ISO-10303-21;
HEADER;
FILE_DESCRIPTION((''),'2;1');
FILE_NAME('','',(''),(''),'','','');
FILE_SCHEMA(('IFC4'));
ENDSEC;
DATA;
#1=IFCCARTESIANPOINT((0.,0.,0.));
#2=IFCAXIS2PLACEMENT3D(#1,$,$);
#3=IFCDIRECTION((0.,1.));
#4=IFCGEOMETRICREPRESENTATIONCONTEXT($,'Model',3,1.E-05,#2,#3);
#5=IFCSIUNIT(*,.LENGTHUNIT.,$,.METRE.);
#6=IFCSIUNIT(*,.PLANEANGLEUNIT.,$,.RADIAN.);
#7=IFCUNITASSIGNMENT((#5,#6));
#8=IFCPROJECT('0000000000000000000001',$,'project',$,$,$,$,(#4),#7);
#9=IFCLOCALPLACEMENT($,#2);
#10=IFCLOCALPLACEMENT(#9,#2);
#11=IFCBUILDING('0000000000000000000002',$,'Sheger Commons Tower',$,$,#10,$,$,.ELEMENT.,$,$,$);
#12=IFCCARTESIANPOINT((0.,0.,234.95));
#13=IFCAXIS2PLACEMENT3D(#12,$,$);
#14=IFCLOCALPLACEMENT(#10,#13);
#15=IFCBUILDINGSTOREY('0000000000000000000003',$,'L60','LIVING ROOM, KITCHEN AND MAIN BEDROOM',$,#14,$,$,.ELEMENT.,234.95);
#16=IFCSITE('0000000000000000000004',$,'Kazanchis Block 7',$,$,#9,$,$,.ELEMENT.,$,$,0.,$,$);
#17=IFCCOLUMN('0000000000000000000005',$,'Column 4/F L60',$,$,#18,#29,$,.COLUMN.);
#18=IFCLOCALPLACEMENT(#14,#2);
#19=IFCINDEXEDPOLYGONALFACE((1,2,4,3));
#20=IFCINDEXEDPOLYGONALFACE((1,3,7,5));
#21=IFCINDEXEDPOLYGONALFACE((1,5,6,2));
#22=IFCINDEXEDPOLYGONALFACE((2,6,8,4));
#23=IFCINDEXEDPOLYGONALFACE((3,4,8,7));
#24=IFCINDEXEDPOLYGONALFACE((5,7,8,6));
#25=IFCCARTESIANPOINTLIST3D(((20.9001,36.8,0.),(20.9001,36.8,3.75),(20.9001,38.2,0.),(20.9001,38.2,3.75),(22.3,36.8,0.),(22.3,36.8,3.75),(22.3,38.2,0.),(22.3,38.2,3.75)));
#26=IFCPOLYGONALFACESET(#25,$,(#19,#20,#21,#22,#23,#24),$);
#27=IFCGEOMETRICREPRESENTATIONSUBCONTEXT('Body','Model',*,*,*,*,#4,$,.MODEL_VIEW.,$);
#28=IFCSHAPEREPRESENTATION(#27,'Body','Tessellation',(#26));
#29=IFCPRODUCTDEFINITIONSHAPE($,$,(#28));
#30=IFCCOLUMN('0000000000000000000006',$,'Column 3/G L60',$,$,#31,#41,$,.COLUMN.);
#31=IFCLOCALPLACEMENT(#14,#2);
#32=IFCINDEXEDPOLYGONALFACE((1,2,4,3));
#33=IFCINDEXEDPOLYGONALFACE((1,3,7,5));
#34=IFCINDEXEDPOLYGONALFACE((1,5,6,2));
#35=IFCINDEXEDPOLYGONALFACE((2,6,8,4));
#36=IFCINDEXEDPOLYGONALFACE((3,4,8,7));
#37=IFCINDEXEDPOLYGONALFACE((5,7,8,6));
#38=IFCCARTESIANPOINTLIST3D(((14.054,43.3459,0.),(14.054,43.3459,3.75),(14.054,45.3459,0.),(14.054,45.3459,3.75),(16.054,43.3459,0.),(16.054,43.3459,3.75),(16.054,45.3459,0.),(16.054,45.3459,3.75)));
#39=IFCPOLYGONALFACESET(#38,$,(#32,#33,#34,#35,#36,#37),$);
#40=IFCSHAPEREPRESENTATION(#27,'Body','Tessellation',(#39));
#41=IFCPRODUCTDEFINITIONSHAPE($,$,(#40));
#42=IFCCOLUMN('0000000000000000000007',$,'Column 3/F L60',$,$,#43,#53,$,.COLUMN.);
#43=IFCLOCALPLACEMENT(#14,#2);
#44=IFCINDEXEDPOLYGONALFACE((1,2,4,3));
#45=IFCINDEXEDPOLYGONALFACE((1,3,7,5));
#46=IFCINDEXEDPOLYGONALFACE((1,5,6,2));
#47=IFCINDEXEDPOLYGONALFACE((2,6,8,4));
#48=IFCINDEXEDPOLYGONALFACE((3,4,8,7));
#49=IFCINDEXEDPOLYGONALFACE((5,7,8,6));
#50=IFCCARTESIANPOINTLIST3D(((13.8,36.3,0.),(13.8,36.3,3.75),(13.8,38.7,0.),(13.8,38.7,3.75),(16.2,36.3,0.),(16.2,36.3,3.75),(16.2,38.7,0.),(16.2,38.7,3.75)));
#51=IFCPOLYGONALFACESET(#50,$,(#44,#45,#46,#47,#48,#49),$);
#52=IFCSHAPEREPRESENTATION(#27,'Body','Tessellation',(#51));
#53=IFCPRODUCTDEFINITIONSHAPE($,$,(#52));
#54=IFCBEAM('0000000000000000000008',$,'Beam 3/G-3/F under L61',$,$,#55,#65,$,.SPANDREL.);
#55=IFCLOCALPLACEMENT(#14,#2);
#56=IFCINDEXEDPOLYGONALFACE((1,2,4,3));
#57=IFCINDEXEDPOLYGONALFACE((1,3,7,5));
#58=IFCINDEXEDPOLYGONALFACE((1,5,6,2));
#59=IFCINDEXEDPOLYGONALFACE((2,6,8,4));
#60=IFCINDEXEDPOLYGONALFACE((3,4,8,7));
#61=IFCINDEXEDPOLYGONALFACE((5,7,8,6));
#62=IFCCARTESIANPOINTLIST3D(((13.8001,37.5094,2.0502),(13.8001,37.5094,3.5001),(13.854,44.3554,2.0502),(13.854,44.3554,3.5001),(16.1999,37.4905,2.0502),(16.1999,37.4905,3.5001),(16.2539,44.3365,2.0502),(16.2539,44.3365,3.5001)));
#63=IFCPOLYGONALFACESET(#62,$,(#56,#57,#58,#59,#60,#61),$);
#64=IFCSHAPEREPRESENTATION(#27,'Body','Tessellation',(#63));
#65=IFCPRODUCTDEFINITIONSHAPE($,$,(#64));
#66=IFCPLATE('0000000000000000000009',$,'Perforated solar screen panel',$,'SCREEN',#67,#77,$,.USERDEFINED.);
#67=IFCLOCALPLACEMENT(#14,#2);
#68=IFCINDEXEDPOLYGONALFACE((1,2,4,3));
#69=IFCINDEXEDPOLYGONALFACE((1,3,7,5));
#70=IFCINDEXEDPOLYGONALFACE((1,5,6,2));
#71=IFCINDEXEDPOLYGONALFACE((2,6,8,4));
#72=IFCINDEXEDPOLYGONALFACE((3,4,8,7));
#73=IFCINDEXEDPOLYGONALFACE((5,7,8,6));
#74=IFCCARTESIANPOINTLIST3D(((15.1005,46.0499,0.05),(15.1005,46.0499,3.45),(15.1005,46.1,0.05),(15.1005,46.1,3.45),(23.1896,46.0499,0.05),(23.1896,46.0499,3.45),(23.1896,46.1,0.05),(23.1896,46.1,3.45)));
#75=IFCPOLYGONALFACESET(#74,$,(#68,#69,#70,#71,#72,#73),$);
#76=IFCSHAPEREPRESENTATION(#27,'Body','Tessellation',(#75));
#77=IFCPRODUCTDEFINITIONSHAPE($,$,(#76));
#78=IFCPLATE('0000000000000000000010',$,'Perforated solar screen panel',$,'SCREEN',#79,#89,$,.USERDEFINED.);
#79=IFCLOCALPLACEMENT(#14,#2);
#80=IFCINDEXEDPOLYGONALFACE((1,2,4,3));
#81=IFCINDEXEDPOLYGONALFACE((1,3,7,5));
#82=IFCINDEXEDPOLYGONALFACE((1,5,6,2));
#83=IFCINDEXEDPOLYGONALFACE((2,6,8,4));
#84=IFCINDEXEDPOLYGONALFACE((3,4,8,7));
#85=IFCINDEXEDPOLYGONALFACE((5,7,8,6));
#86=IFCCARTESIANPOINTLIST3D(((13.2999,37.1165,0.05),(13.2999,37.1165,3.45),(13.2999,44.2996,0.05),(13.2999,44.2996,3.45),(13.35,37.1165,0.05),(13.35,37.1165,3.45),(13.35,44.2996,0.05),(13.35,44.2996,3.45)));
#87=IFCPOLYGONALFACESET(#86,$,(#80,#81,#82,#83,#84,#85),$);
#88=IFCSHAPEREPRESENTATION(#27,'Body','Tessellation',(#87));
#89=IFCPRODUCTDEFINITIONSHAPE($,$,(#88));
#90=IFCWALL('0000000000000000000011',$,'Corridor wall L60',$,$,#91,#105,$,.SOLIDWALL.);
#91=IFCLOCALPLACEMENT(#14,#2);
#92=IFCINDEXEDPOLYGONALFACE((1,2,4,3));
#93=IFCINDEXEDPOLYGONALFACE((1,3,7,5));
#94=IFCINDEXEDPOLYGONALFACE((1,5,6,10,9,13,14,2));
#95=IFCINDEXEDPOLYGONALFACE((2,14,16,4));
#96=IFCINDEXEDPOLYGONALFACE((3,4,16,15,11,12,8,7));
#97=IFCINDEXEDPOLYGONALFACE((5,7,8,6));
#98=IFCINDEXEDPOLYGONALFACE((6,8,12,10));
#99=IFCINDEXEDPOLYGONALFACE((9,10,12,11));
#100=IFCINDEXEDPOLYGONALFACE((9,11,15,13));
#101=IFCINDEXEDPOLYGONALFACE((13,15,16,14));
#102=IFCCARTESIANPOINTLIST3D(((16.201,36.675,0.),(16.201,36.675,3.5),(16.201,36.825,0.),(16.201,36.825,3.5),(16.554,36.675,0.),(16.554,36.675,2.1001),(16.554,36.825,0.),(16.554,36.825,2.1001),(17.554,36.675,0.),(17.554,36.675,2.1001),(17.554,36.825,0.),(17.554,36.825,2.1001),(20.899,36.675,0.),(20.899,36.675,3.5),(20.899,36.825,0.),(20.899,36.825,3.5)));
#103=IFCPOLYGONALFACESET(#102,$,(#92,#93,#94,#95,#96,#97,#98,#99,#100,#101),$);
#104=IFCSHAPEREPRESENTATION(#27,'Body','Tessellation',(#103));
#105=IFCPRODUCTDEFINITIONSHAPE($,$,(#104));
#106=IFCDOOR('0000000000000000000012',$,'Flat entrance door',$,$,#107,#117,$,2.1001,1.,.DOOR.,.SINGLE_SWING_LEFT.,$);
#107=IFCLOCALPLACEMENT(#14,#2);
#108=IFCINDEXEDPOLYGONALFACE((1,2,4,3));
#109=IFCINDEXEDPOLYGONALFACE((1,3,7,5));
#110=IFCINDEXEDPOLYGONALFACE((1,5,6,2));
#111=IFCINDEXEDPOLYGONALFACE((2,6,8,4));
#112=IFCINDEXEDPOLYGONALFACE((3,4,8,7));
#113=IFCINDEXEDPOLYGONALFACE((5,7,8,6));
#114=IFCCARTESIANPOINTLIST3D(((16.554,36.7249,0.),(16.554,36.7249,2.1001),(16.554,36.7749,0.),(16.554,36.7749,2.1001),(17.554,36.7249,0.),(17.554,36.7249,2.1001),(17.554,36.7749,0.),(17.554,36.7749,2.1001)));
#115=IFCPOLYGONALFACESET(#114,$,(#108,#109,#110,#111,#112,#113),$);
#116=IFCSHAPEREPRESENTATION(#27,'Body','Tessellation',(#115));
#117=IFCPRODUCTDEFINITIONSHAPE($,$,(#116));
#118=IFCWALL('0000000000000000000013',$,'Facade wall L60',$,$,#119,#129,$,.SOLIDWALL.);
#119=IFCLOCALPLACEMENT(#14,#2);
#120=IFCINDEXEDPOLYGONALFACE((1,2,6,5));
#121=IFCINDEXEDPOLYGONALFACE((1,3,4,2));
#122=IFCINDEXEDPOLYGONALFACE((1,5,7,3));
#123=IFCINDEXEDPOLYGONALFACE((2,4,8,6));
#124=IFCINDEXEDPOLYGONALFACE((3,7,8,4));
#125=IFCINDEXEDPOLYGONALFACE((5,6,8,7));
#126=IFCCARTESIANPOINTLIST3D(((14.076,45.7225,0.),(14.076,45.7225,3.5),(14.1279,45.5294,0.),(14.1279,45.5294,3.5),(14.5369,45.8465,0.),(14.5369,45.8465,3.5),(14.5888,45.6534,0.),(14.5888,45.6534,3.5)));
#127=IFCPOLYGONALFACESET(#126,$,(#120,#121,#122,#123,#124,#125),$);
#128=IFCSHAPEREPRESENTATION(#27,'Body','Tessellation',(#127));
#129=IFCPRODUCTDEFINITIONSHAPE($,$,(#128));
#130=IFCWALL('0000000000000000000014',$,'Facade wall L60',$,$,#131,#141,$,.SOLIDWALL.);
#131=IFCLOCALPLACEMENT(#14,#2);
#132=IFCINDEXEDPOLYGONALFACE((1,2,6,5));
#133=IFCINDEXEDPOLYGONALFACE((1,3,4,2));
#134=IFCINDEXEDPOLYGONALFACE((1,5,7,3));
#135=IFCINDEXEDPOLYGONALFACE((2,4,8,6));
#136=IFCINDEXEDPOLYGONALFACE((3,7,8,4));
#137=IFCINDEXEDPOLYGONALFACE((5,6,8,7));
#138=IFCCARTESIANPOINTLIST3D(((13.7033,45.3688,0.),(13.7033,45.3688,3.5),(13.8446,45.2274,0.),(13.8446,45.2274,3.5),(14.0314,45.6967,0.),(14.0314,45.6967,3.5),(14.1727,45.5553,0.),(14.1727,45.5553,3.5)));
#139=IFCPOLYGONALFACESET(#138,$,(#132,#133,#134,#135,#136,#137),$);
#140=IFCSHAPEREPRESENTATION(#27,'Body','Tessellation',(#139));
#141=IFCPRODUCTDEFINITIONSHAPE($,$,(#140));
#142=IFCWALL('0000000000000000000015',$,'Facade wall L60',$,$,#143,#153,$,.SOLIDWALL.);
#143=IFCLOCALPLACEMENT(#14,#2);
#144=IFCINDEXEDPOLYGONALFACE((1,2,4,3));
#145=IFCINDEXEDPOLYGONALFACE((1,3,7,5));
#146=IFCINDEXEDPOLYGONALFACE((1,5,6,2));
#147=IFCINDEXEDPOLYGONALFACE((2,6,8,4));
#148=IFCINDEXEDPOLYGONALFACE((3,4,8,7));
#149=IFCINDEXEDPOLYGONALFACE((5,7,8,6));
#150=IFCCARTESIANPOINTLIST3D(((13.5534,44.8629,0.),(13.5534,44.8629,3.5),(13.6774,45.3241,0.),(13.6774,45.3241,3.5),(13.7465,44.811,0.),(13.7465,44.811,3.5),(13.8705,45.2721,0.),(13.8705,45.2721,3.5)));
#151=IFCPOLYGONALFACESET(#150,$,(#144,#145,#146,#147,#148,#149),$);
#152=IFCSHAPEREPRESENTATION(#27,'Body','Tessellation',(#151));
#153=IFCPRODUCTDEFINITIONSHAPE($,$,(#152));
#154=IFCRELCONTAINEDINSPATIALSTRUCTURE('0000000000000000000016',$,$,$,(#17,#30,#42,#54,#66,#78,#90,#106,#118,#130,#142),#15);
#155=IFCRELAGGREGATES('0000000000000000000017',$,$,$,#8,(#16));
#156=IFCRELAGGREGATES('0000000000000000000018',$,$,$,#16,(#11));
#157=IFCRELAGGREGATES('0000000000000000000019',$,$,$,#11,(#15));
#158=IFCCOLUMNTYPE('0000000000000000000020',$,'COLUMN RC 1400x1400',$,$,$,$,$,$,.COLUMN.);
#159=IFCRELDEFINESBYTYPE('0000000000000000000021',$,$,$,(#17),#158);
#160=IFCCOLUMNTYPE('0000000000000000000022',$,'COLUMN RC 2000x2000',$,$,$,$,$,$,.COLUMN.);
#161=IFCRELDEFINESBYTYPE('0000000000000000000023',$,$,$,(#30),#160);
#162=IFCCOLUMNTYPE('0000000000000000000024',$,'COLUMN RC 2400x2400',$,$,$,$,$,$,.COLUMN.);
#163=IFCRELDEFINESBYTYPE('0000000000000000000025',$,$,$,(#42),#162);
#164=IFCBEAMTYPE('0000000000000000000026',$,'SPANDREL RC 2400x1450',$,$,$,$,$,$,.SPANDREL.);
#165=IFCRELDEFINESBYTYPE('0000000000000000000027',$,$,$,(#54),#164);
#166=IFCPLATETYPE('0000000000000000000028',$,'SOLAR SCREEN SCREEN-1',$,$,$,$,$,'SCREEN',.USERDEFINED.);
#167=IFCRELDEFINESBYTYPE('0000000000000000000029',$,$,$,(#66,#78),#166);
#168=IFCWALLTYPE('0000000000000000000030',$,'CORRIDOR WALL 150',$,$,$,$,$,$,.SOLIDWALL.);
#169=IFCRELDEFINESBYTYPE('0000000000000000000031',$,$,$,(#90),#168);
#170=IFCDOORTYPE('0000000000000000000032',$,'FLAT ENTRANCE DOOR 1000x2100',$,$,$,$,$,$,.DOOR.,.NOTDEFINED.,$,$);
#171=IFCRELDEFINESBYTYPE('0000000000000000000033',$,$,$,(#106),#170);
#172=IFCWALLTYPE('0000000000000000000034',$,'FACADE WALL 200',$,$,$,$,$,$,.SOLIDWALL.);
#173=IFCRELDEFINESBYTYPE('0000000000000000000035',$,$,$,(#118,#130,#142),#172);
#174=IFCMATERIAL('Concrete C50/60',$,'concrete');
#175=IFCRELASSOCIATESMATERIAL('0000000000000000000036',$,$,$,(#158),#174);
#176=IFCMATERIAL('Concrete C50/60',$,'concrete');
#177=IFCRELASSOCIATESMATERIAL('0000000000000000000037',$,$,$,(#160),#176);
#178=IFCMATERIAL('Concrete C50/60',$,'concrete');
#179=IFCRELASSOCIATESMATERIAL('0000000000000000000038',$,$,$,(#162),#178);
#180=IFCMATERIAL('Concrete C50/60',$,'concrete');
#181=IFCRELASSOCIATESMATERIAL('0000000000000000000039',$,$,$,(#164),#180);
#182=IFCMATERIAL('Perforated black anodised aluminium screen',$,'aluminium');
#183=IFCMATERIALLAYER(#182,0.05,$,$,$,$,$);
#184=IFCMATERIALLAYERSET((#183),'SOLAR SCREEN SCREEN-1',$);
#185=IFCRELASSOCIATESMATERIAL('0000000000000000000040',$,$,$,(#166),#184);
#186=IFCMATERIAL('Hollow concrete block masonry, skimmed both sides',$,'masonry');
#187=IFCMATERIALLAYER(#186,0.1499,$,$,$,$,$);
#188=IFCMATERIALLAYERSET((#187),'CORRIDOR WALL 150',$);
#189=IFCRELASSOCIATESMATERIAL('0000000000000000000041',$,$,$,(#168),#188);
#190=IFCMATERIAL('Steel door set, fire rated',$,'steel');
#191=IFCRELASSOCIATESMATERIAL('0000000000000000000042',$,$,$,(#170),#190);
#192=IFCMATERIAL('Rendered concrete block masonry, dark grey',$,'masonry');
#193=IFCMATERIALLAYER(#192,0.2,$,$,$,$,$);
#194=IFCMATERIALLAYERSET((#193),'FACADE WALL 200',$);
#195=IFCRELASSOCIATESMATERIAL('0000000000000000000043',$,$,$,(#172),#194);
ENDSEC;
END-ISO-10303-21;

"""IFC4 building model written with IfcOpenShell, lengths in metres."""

from ifc_helpers import new_model, si_unit, direction, frame, frame_2d, origin, origin_2d, place, context, subcontext, project, spatial, rectangle, extrude, material, layer, layer_set, material_profile, profile_set, type_object, element, fill, save


model = new_model("IFC4")

# Units and contexts
model_context = context("Model", 3, precision=1e-05, world=origin(), true_north=direction((0.0, 1.0)))
body_context = subcontext(model_context, "Body", "Model", "MODEL_VIEW")
ifc_project = project(units=[si_unit("LENGTHUNIT", "METRE"), si_unit("PLANEANGLEUNIT", "RADIAN")], contexts=[model_context])

# Site, building, storey
site_placement = place(None, origin())
site = spatial("IfcSite", under=ifc_project, at=site_placement, Name="Kazanchis Block 7", CompositionType="ELEMENT", RefElevation=0.0)
building_placement = place(site_placement, origin())
building = spatial("IfcBuilding", under=site, at=building_placement, Name="Sheger Commons Tower", CompositionType="ELEMENT")
storey_placement = place(building_placement, frame((0.0, 0.0, 234.95)))
storey = spatial("IfcBuildingStorey", under=building, at=storey_placement, Name="L60", Description="LIVING ROOM, KITCHEN AND MAIN BEDROOM", CompositionType="ELEMENT", Elevation=234.95)

# Columns
ifc_material_1 = material(Name="Concrete C50/60", Category="concrete")
ifc_material_profile_1 = material_profile(ifc_material_1, rectangle(XDim=1.3999, YDim=1.3999, at=origin_2d()), Name="RC 1400x1400")
ifc_profile_set_1 = profile_set([ifc_material_profile_1], Name="Concrete C50/60")
column_type_1 = type_object("IfcColumnType", Name="COLUMN RC 1400x1400", PredefinedType="COLUMN", material=ifc_profile_set_1)
column_1_placement = place(storey_placement, frame((21.6001, 37.5, 0.0), z_axis=(0.0, 0.0, 1.0), x_axis=(1.0, 0.0, 0.0)))
element("IfcColumn", 1, at=column_1_placement, inside=storey, type_object=column_type_1, Name="Column 4/F L60", PredefinedType="COLUMN", context=body_context, shape_type="SweptSolid", body=[
    extrude(rectangle(XDim=1.3999, YDim=1.3999, at=origin_2d()), origin(), (0.0, 0.0, 1.0), 3.75),
])
ifc_material_2 = material(Name="Concrete C50/60", Category="concrete")
ifc_material_profile_2 = material_profile(ifc_material_2, rectangle(XDim=2.0, YDim=2.0, at=origin_2d()), Name="RC 2000x2000")
ifc_profile_set_2 = profile_set([ifc_material_profile_2], Name="Concrete C50/60")
column_type_2 = type_object("IfcColumnType", Name="COLUMN RC 2000x2000", PredefinedType="COLUMN", material=ifc_profile_set_2)
column_2_placement = place(storey_placement, frame((15.054, 44.3459, 0.0), z_axis=(0.0, 0.0, 1.0), x_axis=(1.0, 0.0, 0.0)))
element("IfcColumn", 2, at=column_2_placement, inside=storey, type_object=column_type_2, Name="Column 3/G L60", PredefinedType="COLUMN", context=body_context, shape_type="SweptSolid", body=[
    extrude(rectangle(XDim=2.0, YDim=2.0, at=origin_2d()), origin(), (0.0, 0.0, 1.0), 3.75),
])
ifc_material_3 = material(Name="Concrete C50/60", Category="concrete")
ifc_material_profile_3 = material_profile(ifc_material_3, rectangle(XDim=2.3999, YDim=2.3999, at=origin_2d()), Name="RC 2400x2400")
ifc_profile_set_3 = profile_set([ifc_material_profile_3], Name="Concrete C50/60")
column_type_3 = type_object("IfcColumnType", Name="COLUMN RC 2400x2400", PredefinedType="COLUMN", material=ifc_profile_set_3)
column_3_placement = place(storey_placement, frame((15.0, 37.5, 0.0), z_axis=(0.0, 0.0, 1.0), x_axis=(1.0, 0.0, 0.0)))
element("IfcColumn", 3, at=column_3_placement, inside=storey, type_object=column_type_3, Name="Column 3/F L60", PredefinedType="COLUMN", context=body_context, shape_type="SweptSolid", body=[
    extrude(rectangle(XDim=2.3999, YDim=2.3999, at=origin_2d()), origin(), (0.0, 0.0, 1.0), 3.75),
])

# Beam
ifc_material_4 = material(Name="Concrete C50/60", Category="concrete")
ifc_material_profile_4 = material_profile(ifc_material_4, rectangle(XDim=2.3999, YDim=1.45, at=origin_2d()), Name="RC 2400x1450")
ifc_profile_set_4 = profile_set([ifc_material_profile_4], Name="Concrete C50/60")
beam_type = type_object("IfcBeamType", Name="SPANDREL RC 2400x1450", PredefinedType="SPANDREL", material=ifc_profile_set_4)
beam_placement = place(storey_placement, frame((15.054, 44.3459, 2.7751), z_axis=(-0.007881, -0.999969, 0.0), x_axis=(0.999969, -0.007881, 0.0)))
element("IfcBeam", 4, at=beam_placement, inside=storey, type_object=beam_type, Name="Beam 3/G-3/F under L61", PredefinedType="SPANDREL", context=body_context, shape_type="SweptSolid", body=[
    extrude(rectangle(XDim=2.3999, YDim=1.45, at=origin_2d()), origin(), (0.0, 0.0, 1.0), 6.8462),
])

# Plates
ifc_material_5 = material(Name="Perforated black anodised aluminium screen", Category="aluminium")
ifc_layer_1 = layer(ifc_material_5, 0.05)
ifc_layer_set_1 = layer_set([ifc_layer_1], Name="SOLAR SCREEN SCREEN-1")
plate_type = type_object("IfcPlateType", Name="SOLAR SCREEN SCREEN-1", ElementType="SCREEN", PredefinedType="USERDEFINED", material=ifc_layer_set_1)
plate_1_placement = place(storey_placement, frame((19.145, 46.075, 0.05), z_axis=(0.0, 0.0, 1.0), x_axis=(-1.0, 0.0, 0.0)))
element("IfcPlate", 5, at=plate_1_placement, inside=storey, type_object=plate_type, Name="Perforated solar screen panel", ObjectType="SCREEN", PredefinedType="USERDEFINED", context=body_context, shape_type="SweptSolid", body=[
    extrude(rectangle(XDim=8.0891, YDim=0.05, at=origin_2d()), origin(), (0.0, 0.0, 1.0), 3.3999),
])
plate_2_placement = place(storey_placement, frame((13.325, 40.708, 0.05), z_axis=(0.0, 0.0, 1.0), x_axis=(0.0, -1.0, 0.0)))
element("IfcPlate", 6, at=plate_2_placement, inside=storey, type_object=plate_type, Name="Perforated solar screen panel", ObjectType="SCREEN", PredefinedType="USERDEFINED", context=body_context, shape_type="SweptSolid", body=[
    extrude(rectangle(XDim=7.1831, YDim=0.05, at=origin_2d()), origin(), (0.0, 0.0, 1.0), 3.3999),
])

# Wall, opening, door
ifc_material_6 = material(Name="Hollow concrete block masonry, skimmed both sides", Category="masonry")
ifc_layer_2 = layer(ifc_material_6, 0.1499)
ifc_layer_set_2 = layer_set([ifc_layer_2], Name="CORRIDOR WALL 150")
wall_type_1 = type_object("IfcWallType", Name="CORRIDOR WALL 150", PredefinedType="SOLIDWALL", material=ifc_layer_set_2)
wall_1_placement = place(storey_placement, frame((16.2009, 36.75, 0.0), z_axis=(0.0, 0.0, 1.0), x_axis=(1.0, 0.0, 0.0)))
wall_1 = element("IfcWall", 7, at=wall_1_placement, inside=storey, type_object=wall_type_1, Name="Corridor wall L60", PredefinedType="SOLIDWALL", context=body_context, shape_type="SweptSolid", body=[
    extrude(rectangle(XDim=4.698, YDim=0.1499, at=frame_2d((2.3491, 0.0))), origin(), (0.0, 0.0, 1.0), 3.5),
])
opening_1_placement = place(wall_1_placement, frame((0.353, 0.0, 0.0)))
opening_1 = element("IfcOpeningElement", 8, at=opening_1_placement, cuts=wall_1, PredefinedType="OPENING", context=body_context, shape_type="SweptSolid", body=[
    extrude(rectangle(XDim=1.0, YDim=2.1001, at=frame_2d((0.5, 1.05))), frame((0.0, 0.085, 0.0), z_axis=(0.0, -1.0, 0.0), x_axis=(1.0, 0.0, 0.0)), (0.0, 0.0, 1.0), 0.1699),
])
ifc_material_7 = material(Name="Steel door set, fire rated", Category="steel")
door_type_1 = type_object("IfcDoorType", Name="FLAT ENTRANCE DOOR 1000x2100", OperationType="NOTDEFINED", PredefinedType="DOOR", material=ifc_material_7)
door_1_placement = place(opening_1_placement, origin())
door_1 = element("IfcDoor", 9, at=door_1_placement, inside=storey, type_object=door_type_1, Name="Flat entrance door", OperationType="SINGLE_SWING_LEFT", OverallHeight=2.1001, OverallWidth=1.0, PredefinedType="DOOR", context=body_context, shape_type="SweptSolid", body=[
    extrude(rectangle(XDim=1.0, YDim=2.1001, at=frame_2d((0.5, 1.05))), frame((0.0, 0.0249, 0.0), z_axis=(0.0, -1.0, 0.0), x_axis=(1.0, 0.0, 0.0)), (0.0, 0.0, 1.0), 0.05),
])
fill(opening_1, door_1)

# Walls
ifc_material_8 = material(Name="Rendered concrete block masonry, dark grey", Category="masonry")
ifc_layer_3 = layer(ifc_material_8, 0.2)
ifc_layer_set_3 = layer_set([ifc_layer_3], Name="FACADE WALL 200")
wall_type_2 = type_object("IfcWallType", Name="FACADE WALL 200", PredefinedType="SOLIDWALL", material=ifc_layer_set_3)
wall_2_placement = place(storey_placement, frame((14.563, 45.75, 0.0), z_axis=(0.0, 0.0, 1.0), x_axis=(-0.965655, -0.259827, 0.0)))
element("IfcWall", 10, at=wall_2_placement, inside=storey, type_object=wall_type_2, Name="Facade wall L60", PredefinedType="SOLIDWALL", context=body_context, shape_type="SweptSolid", body=[
    extrude(rectangle(XDim=0.4773, YDim=0.2, at=frame_2d((0.2388, 0.0))), origin(), (0.0, 0.0, 1.0), 3.5),
])
wall_3_placement = place(storey_placement, frame((14.1021, 45.626, 0.0), z_axis=(0.0, 0.0, 1.0), x_axis=(-0.70737, -0.706844, 0.0)))
element("IfcWall", 11, at=wall_3_placement, inside=storey, type_object=wall_type_2, Name="Facade wall L60", PredefinedType="SOLIDWALL", context=body_context, shape_type="SweptSolid", body=[
    extrude(rectangle(XDim=0.4639, YDim=0.2, at=frame_2d((0.2319, 0.0))), origin(), (0.0, 0.0, 1.0), 3.5),
])
wall_4_placement = place(storey_placement, frame((13.7739, 45.2981, 0.0), z_axis=(0.0, 0.0, 1.0), x_axis=(-0.259698, -0.96569, 0.0)))
element("IfcWall", 12, at=wall_4_placement, inside=storey, type_object=wall_type_2, Name="Facade wall L60", PredefinedType="SOLIDWALL", context=body_context, shape_type="SweptSolid", body=[
    extrude(rectangle(XDim=0.4775, YDim=0.2, at=frame_2d((0.2388, 0.0))), origin(), (0.0, 0.0, 1.0), 3.5),
])

save(model, "model.ifc")
